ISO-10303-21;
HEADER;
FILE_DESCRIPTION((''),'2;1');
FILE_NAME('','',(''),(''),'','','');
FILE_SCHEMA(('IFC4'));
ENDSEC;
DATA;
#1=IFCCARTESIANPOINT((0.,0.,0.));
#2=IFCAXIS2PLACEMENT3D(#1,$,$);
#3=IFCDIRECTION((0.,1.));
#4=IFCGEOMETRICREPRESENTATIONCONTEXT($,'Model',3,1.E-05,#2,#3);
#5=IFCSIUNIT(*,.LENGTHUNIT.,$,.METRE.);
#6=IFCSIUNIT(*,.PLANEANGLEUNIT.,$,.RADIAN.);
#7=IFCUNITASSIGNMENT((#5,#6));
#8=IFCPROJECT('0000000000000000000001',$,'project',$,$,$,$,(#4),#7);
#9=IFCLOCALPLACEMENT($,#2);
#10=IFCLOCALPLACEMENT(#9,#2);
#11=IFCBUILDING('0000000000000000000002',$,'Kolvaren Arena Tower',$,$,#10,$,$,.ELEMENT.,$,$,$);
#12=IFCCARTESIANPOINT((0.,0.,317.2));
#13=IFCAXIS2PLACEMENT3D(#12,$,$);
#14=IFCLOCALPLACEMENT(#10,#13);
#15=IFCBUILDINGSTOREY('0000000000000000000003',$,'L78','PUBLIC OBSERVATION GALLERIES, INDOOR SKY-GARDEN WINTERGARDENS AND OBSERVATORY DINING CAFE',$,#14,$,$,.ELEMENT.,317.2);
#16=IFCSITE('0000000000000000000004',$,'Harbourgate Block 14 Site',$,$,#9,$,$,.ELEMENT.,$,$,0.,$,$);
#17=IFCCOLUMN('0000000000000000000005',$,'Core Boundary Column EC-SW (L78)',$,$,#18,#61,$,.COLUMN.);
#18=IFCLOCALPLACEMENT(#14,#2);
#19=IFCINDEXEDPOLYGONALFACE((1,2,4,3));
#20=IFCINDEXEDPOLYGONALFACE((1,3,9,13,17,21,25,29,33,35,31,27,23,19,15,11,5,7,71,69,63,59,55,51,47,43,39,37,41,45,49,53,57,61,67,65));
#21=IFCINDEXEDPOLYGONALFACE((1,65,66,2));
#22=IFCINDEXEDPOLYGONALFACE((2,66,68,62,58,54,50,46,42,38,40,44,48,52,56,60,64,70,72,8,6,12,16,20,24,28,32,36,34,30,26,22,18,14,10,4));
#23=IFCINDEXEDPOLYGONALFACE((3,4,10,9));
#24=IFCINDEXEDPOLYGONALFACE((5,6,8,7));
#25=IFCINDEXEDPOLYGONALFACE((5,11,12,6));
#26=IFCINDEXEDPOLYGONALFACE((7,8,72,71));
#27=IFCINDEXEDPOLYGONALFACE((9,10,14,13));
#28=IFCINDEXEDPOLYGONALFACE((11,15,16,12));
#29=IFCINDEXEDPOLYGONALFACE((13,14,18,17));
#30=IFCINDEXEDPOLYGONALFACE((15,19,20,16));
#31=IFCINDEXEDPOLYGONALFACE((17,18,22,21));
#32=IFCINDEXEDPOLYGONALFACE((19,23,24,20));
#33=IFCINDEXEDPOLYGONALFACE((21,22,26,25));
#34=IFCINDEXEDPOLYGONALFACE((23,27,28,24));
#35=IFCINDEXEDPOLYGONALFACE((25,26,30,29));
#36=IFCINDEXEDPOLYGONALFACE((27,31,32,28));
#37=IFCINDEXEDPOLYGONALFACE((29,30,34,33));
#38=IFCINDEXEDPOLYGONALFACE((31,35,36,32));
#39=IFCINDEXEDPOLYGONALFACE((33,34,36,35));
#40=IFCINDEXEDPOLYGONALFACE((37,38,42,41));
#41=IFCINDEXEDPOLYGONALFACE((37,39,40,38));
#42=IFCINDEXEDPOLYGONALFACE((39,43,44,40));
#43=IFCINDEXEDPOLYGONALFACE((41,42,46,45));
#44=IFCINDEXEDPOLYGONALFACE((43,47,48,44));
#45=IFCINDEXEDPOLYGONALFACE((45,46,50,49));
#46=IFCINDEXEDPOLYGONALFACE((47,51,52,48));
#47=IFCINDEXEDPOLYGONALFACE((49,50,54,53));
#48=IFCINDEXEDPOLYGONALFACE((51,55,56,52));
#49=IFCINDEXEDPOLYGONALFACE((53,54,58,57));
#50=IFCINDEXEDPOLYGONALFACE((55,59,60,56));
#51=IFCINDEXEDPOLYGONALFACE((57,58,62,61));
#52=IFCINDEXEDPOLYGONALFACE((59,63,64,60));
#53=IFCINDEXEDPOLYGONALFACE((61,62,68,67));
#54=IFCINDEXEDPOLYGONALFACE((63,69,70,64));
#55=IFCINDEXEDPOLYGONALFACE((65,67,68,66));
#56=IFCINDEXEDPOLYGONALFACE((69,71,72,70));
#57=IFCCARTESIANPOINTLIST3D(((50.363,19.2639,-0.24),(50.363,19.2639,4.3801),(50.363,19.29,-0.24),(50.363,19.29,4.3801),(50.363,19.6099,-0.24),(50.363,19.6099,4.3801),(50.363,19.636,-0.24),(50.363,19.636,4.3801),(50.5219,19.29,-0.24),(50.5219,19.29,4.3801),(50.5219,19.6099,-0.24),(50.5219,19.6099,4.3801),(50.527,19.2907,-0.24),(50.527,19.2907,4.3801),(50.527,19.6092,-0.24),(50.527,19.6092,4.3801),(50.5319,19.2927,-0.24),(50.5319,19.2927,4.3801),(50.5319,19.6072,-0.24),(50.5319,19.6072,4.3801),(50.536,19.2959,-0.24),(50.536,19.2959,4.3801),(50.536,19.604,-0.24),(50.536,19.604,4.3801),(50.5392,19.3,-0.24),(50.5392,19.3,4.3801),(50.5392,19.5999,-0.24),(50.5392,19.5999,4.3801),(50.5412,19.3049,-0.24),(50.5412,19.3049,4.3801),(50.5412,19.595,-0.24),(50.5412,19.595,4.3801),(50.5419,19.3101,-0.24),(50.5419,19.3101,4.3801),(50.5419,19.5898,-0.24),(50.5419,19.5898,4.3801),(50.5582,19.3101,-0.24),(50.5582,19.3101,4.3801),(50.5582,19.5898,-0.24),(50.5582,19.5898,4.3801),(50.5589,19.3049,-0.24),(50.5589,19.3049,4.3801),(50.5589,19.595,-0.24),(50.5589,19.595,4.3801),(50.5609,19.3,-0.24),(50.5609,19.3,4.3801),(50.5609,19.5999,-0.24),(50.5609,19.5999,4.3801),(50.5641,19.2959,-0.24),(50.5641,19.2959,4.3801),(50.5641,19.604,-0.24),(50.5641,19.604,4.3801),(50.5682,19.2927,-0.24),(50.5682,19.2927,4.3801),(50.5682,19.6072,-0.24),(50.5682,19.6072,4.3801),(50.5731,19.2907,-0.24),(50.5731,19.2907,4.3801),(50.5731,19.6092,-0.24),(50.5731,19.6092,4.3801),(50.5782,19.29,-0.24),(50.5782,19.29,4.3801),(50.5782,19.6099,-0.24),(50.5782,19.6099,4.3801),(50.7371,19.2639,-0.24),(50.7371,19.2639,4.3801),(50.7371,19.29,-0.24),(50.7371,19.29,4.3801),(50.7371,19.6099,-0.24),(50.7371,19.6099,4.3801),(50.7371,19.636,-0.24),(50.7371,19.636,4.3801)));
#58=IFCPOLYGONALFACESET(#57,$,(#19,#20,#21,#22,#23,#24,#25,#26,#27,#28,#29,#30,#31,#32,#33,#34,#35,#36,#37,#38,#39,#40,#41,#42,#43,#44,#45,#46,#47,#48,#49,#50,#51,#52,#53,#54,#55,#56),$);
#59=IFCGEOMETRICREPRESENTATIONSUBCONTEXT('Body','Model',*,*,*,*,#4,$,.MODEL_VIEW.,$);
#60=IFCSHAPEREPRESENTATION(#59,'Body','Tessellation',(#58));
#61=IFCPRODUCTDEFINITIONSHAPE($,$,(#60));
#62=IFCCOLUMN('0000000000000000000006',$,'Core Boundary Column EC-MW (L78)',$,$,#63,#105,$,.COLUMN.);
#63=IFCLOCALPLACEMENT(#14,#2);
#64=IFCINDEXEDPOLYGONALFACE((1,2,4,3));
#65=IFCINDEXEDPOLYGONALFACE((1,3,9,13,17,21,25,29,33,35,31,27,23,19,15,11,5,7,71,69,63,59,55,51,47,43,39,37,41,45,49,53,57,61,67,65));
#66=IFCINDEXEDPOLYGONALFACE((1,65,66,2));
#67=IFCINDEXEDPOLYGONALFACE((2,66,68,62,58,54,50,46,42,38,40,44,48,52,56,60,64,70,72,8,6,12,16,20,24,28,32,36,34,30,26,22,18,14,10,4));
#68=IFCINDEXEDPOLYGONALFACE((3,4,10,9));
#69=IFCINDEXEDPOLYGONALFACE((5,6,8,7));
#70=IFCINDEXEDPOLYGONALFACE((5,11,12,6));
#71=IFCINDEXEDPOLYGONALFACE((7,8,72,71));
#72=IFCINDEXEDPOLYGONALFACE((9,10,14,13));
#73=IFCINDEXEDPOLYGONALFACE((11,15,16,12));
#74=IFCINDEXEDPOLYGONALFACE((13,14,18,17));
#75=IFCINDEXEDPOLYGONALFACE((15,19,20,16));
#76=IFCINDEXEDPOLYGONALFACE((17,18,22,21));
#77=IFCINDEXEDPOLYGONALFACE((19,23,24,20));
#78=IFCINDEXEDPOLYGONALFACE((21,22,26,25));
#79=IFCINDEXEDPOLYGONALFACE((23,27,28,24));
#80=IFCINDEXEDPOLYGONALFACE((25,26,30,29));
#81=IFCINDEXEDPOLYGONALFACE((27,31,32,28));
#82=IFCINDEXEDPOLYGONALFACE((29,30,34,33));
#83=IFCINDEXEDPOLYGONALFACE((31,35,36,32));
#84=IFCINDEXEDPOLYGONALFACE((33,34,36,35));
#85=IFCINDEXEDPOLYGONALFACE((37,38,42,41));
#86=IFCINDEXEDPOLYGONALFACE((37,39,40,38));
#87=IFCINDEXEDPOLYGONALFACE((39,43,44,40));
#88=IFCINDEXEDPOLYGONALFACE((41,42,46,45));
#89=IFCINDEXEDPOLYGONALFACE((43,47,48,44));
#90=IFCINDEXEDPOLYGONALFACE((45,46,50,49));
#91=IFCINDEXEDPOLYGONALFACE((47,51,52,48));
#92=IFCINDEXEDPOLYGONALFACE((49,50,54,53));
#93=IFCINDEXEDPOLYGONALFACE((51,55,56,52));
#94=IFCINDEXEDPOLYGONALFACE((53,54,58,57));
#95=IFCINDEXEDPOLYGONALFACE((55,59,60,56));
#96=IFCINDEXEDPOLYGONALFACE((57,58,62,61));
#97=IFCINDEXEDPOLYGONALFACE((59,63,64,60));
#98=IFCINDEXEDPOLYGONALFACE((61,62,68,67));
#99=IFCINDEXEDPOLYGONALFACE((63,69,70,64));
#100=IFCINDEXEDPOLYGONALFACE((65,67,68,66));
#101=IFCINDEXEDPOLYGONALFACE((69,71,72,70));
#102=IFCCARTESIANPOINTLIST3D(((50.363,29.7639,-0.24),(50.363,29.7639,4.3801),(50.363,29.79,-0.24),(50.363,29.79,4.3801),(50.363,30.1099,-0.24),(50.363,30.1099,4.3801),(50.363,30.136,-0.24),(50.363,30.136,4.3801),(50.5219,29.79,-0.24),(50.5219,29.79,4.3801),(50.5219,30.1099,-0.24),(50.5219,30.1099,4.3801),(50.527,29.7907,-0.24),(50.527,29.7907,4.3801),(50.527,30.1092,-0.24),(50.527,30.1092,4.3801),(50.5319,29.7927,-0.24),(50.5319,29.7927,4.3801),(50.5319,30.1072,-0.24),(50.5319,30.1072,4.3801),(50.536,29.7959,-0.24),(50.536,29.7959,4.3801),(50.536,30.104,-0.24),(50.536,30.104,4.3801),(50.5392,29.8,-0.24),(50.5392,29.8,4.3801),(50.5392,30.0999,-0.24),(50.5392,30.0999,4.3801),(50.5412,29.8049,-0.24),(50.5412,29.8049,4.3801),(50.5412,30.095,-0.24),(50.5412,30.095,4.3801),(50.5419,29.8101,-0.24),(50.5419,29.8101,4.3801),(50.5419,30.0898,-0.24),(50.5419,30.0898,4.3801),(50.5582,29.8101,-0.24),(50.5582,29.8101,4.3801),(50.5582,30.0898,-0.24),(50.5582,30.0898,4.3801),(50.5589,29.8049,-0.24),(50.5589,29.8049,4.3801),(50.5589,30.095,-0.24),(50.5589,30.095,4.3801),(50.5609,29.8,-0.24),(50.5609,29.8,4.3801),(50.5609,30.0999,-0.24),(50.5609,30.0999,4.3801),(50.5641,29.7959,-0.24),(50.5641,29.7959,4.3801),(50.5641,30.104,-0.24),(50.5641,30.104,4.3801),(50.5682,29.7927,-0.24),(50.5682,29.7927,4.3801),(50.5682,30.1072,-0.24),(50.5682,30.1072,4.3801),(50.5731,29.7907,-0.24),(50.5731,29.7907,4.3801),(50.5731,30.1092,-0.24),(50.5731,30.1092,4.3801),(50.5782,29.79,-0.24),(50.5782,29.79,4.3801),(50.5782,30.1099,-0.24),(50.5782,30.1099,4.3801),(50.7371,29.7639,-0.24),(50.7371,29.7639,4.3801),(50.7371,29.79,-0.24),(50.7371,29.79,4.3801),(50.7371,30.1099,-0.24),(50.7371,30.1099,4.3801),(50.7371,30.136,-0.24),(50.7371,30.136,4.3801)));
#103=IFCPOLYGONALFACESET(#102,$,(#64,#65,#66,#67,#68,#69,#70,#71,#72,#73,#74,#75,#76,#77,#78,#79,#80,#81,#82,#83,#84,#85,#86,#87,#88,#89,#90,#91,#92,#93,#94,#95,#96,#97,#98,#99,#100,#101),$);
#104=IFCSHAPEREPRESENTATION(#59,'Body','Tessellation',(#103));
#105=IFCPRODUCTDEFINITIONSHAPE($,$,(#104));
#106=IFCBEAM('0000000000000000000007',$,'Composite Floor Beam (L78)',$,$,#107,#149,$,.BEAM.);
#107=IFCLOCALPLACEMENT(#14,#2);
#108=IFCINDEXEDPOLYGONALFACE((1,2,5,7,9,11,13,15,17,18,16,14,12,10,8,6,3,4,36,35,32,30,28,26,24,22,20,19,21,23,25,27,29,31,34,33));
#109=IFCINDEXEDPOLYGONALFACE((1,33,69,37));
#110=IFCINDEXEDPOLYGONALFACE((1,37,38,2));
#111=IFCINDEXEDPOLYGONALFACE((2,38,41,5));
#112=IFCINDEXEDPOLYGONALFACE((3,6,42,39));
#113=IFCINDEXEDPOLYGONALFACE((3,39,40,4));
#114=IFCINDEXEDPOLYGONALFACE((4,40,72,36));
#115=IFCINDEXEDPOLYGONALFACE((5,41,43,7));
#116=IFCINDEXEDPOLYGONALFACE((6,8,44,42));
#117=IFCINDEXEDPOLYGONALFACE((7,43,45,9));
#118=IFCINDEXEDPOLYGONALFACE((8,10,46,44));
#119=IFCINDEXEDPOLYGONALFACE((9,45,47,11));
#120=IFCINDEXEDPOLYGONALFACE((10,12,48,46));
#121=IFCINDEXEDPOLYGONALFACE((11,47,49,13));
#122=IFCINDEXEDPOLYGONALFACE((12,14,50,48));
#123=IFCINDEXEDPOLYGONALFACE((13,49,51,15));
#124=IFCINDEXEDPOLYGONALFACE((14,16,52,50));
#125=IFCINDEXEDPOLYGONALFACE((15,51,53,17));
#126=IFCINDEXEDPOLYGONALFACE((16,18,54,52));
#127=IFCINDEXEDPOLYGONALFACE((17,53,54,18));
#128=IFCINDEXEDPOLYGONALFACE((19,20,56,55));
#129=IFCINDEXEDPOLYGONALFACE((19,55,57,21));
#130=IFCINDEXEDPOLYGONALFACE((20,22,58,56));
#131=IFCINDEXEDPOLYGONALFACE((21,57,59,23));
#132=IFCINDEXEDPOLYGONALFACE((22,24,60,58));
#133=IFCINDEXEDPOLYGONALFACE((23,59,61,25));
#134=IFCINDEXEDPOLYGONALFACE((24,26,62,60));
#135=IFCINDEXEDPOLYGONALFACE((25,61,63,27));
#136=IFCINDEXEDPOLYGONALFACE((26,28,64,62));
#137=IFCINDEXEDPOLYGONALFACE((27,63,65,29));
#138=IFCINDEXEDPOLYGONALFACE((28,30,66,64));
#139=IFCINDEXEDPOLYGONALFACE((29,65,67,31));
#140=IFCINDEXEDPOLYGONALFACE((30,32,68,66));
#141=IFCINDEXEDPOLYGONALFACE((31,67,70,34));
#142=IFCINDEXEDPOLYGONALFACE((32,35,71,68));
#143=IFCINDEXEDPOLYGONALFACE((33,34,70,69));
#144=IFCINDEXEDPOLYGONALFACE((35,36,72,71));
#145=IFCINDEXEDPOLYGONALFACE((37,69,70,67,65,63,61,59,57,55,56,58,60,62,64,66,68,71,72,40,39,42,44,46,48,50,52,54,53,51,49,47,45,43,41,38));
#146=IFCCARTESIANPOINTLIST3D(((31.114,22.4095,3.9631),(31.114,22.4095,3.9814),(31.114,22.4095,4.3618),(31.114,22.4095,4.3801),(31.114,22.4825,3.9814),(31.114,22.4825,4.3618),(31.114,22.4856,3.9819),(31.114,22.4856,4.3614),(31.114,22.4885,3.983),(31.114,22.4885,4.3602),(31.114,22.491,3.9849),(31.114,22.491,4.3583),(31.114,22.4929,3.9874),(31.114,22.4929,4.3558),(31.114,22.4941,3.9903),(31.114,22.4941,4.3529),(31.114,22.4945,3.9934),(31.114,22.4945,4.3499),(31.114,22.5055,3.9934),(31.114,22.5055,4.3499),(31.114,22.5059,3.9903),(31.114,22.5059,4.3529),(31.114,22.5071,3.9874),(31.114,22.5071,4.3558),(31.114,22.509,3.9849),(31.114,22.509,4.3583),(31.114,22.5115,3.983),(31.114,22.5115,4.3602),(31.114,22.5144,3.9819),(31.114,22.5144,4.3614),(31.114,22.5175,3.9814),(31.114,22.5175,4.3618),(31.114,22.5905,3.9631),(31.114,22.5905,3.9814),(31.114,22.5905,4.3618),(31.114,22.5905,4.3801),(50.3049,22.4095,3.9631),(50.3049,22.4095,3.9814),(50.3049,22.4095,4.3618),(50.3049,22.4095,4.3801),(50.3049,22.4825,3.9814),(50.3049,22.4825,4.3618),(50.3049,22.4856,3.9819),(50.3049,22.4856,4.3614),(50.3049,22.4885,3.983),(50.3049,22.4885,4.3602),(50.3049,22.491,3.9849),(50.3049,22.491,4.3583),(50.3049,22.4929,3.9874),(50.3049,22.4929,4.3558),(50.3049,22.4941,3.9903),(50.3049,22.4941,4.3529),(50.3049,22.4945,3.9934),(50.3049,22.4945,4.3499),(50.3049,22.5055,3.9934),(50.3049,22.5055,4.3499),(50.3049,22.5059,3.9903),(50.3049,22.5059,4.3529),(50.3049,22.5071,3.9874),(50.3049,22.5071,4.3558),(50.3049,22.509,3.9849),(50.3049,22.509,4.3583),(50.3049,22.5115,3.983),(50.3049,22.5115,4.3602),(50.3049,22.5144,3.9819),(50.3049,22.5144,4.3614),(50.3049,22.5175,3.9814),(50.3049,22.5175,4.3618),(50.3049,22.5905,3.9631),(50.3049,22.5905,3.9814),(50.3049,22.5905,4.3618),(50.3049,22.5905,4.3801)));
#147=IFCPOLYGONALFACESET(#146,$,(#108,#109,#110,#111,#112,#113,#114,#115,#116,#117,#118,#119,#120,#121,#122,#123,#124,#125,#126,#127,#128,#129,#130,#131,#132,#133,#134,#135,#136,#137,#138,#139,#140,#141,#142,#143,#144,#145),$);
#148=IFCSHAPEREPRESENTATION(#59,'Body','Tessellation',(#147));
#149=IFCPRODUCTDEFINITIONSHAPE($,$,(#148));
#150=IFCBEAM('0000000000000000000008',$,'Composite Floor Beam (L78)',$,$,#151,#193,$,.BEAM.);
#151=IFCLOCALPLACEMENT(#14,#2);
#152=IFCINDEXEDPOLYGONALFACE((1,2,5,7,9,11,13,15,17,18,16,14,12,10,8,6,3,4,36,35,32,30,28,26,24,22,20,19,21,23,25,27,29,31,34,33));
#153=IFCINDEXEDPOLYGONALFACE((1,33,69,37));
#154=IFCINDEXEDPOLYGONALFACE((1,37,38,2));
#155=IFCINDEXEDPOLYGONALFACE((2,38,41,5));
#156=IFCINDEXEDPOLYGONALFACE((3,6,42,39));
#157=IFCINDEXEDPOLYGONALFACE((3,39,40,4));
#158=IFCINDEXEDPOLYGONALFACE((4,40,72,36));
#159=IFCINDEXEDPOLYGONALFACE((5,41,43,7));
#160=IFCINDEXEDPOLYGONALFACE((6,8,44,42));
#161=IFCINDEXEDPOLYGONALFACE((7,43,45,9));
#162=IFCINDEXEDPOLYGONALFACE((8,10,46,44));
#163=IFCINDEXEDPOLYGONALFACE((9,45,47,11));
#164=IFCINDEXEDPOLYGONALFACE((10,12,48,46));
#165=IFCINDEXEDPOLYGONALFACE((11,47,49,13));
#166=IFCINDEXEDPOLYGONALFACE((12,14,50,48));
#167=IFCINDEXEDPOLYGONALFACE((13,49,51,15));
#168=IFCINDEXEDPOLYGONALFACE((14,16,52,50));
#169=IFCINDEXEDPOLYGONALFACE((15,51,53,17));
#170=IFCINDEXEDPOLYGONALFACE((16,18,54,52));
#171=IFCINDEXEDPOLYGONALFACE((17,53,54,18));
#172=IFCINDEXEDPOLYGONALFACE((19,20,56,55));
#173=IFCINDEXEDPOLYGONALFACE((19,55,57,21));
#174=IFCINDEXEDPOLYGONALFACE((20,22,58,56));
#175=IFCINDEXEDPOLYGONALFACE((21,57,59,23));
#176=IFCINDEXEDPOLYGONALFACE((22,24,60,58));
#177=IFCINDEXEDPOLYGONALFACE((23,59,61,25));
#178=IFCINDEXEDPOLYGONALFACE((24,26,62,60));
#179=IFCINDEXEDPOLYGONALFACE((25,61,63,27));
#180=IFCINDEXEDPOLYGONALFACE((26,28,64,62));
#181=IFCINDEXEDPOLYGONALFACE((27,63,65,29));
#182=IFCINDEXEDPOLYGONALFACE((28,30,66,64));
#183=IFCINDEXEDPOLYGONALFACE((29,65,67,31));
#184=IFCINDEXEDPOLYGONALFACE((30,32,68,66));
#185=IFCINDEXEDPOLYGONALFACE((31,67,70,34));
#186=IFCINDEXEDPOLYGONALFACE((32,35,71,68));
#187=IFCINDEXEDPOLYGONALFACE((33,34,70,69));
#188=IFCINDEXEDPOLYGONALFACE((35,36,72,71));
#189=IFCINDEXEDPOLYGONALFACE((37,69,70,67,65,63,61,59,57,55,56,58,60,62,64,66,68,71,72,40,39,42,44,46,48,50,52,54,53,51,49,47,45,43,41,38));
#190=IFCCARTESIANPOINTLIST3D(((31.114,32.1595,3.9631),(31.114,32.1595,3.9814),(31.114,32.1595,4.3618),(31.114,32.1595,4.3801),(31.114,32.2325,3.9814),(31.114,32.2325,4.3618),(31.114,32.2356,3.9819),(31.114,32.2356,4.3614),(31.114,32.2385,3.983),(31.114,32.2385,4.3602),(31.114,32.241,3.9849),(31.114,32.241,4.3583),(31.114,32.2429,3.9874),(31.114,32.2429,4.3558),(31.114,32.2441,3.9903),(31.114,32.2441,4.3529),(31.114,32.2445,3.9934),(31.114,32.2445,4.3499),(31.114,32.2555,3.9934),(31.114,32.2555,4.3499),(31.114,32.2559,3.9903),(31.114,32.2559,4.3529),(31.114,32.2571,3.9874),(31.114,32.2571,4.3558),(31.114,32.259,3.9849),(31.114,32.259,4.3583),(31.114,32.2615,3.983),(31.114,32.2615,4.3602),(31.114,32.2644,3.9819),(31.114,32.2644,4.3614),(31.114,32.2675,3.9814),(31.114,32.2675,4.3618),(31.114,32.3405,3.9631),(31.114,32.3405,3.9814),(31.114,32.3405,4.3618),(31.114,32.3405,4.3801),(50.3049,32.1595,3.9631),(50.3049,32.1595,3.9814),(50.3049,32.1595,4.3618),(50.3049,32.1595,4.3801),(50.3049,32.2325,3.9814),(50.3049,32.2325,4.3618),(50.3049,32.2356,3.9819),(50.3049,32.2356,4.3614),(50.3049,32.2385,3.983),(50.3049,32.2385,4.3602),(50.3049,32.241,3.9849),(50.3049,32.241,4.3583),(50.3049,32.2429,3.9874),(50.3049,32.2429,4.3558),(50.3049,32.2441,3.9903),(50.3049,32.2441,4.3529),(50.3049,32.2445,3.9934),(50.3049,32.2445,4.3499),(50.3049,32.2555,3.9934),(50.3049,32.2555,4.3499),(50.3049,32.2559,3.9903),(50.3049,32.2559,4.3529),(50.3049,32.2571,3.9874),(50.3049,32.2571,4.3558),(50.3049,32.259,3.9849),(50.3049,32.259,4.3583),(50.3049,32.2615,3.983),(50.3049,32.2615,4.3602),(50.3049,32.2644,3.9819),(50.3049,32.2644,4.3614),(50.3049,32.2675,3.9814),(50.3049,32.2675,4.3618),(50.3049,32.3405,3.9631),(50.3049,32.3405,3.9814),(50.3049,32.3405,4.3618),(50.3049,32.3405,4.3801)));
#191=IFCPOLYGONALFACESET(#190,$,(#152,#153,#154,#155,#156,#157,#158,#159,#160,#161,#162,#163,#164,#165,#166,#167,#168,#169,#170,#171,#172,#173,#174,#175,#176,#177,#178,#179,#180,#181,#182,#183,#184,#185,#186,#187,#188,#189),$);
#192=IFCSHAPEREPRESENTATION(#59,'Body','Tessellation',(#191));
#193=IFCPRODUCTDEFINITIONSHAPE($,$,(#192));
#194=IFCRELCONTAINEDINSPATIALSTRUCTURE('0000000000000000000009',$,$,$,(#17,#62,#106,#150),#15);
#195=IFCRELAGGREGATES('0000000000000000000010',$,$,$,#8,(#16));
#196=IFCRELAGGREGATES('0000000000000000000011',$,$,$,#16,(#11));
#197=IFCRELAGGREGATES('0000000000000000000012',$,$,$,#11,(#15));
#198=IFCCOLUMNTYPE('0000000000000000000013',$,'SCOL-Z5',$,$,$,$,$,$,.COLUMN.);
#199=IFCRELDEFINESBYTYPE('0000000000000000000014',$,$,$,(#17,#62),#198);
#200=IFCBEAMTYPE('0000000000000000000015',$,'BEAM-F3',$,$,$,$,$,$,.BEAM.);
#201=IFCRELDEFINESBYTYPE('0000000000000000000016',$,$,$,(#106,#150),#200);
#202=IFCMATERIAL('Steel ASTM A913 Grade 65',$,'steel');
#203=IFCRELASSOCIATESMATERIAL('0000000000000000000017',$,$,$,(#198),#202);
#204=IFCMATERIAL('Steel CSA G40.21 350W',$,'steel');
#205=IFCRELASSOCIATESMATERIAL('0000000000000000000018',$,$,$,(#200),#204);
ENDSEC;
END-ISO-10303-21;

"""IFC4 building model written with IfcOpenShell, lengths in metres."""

from ifc_helpers import new_model, si_unit, direction, frame, origin, origin_2d, place, context, subcontext, project, spatial, i_section, extrude, material, material_profile, profile_set, type_object, element, save


model = new_model("IFC4")

# Units and contexts
model_context = context("Model", 3, precision=1e-05, world=origin(), true_north=direction((0.0, 1.0)))
body_context = subcontext(model_context, "Body", "Model", "MODEL_VIEW")
ifc_project = project(units=[si_unit("LENGTHUNIT", "METRE"), si_unit("PLANEANGLEUNIT", "RADIAN")], contexts=[model_context])

# Site, building, storey
site_placement = place(None, origin())
site = spatial("IfcSite", under=ifc_project, at=site_placement, Name="Harbourgate Block 14 Site", CompositionType="ELEMENT", RefElevation=0.0)
building_placement = place(site_placement, origin())
building = spatial("IfcBuilding", under=site, at=building_placement, Name="Kolvaren Arena Tower", CompositionType="ELEMENT")
storey_placement = place(building_placement, frame((0.0, 0.0, 317.2)))
storey = spatial("IfcBuildingStorey", under=building, at=storey_placement, Name="L78", Description="PUBLIC OBSERVATION GALLERIES, INDOOR SKY-GARDEN WINTERGARDENS AND OBSERVATORY DINING CAFE", CompositionType="ELEMENT", Elevation=317.2)

# Columns
ifc_material_1 = material(Name="Steel ASTM A913 Grade 65", Category="steel")
ifc_material_profile_1 = material_profile(ifc_material_1, i_section(OverallWidth=0.374, OverallDepth=0.3721, WebThickness=0.0164, FlangeThickness=0.0261, FilletRadius=0.02, at=origin_2d()), Name="W360x196")
ifc_profile_set_1 = profile_set([ifc_material_profile_1], Name="Steel ASTM A913 Grade 65")
column_type = type_object("IfcColumnType", Name="SCOL-Z5", PredefinedType="COLUMN", material=ifc_profile_set_1)
for number, where, z_axis, x_axis, name in (
    (1, (50.55, 19.45, -0.24), (0.0, 0.0, 1.0), (1.0, 0.0, 0.0), "Core Boundary Column EC-SW (L78)"),
    (2, (50.55, 29.95, -0.24), (0.0, 0.0, 1.0), (1.0, 0.0, 0.0), "Core Boundary Column EC-MW (L78)"),
):
    element("IfcColumn", number, at=place(storey_placement, frame(where, z_axis=z_axis, x_axis=x_axis)), inside=storey, type_object=column_type, Name=name, PredefinedType="COLUMN", context=body_context, shape_type="SweptSolid", body=[
        extrude(i_section(OverallWidth=0.374, OverallDepth=0.3721, WebThickness=0.0164, FlangeThickness=0.0261, FilletRadius=0.02, at=origin_2d()), origin(), (0.0, 0.0, 1.0), 4.6201),
    ])

# Beams
ifc_material_2 = material(Name="Steel CSA G40.21 350W", Category="steel")
ifc_material_profile_2 = material_profile(ifc_material_2, i_section(OverallWidth=0.1809, OverallDepth=0.417, WebThickness=0.011, FlangeThickness=0.0183, FilletRadius=0.012, at=origin_2d()), Name="W410x85")
ifc_profile_set_2 = profile_set([ifc_material_profile_2], Name="Steel CSA G40.21 350W")
beam_type_1 = type_object("IfcBeamType", Name="BEAM-F3", PredefinedType="BEAM", material=ifc_profile_set_2)
for number, where, z_axis, x_axis, name in (
    (3, (31.114, 22.5, 4.1716), (1.0, 0.0, 0.0), (0.0, 1.0, 0.0), "Composite Floor Beam (L78)"),
    (4, (31.114, 32.25, 4.1716), (1.0, 0.0, 0.0), (0.0, 1.0, 0.0), "Composite Floor Beam (L78)"),
):
    element("IfcBeam", number, at=place(storey_placement, frame(where, z_axis=z_axis, x_axis=x_axis)), inside=storey, type_object=beam_type_1, Name=name, PredefinedType="BEAM", context=body_context, shape_type="SweptSolid", body=[
        extrude(i_section(OverallWidth=0.1809, OverallDepth=0.417, WebThickness=0.011, FlangeThickness=0.0183, FilletRadius=0.012, at=origin_2d()), origin(), (0.0, 0.0, 1.0), 19.1909),
    ])

save(model, "model.ifc")
